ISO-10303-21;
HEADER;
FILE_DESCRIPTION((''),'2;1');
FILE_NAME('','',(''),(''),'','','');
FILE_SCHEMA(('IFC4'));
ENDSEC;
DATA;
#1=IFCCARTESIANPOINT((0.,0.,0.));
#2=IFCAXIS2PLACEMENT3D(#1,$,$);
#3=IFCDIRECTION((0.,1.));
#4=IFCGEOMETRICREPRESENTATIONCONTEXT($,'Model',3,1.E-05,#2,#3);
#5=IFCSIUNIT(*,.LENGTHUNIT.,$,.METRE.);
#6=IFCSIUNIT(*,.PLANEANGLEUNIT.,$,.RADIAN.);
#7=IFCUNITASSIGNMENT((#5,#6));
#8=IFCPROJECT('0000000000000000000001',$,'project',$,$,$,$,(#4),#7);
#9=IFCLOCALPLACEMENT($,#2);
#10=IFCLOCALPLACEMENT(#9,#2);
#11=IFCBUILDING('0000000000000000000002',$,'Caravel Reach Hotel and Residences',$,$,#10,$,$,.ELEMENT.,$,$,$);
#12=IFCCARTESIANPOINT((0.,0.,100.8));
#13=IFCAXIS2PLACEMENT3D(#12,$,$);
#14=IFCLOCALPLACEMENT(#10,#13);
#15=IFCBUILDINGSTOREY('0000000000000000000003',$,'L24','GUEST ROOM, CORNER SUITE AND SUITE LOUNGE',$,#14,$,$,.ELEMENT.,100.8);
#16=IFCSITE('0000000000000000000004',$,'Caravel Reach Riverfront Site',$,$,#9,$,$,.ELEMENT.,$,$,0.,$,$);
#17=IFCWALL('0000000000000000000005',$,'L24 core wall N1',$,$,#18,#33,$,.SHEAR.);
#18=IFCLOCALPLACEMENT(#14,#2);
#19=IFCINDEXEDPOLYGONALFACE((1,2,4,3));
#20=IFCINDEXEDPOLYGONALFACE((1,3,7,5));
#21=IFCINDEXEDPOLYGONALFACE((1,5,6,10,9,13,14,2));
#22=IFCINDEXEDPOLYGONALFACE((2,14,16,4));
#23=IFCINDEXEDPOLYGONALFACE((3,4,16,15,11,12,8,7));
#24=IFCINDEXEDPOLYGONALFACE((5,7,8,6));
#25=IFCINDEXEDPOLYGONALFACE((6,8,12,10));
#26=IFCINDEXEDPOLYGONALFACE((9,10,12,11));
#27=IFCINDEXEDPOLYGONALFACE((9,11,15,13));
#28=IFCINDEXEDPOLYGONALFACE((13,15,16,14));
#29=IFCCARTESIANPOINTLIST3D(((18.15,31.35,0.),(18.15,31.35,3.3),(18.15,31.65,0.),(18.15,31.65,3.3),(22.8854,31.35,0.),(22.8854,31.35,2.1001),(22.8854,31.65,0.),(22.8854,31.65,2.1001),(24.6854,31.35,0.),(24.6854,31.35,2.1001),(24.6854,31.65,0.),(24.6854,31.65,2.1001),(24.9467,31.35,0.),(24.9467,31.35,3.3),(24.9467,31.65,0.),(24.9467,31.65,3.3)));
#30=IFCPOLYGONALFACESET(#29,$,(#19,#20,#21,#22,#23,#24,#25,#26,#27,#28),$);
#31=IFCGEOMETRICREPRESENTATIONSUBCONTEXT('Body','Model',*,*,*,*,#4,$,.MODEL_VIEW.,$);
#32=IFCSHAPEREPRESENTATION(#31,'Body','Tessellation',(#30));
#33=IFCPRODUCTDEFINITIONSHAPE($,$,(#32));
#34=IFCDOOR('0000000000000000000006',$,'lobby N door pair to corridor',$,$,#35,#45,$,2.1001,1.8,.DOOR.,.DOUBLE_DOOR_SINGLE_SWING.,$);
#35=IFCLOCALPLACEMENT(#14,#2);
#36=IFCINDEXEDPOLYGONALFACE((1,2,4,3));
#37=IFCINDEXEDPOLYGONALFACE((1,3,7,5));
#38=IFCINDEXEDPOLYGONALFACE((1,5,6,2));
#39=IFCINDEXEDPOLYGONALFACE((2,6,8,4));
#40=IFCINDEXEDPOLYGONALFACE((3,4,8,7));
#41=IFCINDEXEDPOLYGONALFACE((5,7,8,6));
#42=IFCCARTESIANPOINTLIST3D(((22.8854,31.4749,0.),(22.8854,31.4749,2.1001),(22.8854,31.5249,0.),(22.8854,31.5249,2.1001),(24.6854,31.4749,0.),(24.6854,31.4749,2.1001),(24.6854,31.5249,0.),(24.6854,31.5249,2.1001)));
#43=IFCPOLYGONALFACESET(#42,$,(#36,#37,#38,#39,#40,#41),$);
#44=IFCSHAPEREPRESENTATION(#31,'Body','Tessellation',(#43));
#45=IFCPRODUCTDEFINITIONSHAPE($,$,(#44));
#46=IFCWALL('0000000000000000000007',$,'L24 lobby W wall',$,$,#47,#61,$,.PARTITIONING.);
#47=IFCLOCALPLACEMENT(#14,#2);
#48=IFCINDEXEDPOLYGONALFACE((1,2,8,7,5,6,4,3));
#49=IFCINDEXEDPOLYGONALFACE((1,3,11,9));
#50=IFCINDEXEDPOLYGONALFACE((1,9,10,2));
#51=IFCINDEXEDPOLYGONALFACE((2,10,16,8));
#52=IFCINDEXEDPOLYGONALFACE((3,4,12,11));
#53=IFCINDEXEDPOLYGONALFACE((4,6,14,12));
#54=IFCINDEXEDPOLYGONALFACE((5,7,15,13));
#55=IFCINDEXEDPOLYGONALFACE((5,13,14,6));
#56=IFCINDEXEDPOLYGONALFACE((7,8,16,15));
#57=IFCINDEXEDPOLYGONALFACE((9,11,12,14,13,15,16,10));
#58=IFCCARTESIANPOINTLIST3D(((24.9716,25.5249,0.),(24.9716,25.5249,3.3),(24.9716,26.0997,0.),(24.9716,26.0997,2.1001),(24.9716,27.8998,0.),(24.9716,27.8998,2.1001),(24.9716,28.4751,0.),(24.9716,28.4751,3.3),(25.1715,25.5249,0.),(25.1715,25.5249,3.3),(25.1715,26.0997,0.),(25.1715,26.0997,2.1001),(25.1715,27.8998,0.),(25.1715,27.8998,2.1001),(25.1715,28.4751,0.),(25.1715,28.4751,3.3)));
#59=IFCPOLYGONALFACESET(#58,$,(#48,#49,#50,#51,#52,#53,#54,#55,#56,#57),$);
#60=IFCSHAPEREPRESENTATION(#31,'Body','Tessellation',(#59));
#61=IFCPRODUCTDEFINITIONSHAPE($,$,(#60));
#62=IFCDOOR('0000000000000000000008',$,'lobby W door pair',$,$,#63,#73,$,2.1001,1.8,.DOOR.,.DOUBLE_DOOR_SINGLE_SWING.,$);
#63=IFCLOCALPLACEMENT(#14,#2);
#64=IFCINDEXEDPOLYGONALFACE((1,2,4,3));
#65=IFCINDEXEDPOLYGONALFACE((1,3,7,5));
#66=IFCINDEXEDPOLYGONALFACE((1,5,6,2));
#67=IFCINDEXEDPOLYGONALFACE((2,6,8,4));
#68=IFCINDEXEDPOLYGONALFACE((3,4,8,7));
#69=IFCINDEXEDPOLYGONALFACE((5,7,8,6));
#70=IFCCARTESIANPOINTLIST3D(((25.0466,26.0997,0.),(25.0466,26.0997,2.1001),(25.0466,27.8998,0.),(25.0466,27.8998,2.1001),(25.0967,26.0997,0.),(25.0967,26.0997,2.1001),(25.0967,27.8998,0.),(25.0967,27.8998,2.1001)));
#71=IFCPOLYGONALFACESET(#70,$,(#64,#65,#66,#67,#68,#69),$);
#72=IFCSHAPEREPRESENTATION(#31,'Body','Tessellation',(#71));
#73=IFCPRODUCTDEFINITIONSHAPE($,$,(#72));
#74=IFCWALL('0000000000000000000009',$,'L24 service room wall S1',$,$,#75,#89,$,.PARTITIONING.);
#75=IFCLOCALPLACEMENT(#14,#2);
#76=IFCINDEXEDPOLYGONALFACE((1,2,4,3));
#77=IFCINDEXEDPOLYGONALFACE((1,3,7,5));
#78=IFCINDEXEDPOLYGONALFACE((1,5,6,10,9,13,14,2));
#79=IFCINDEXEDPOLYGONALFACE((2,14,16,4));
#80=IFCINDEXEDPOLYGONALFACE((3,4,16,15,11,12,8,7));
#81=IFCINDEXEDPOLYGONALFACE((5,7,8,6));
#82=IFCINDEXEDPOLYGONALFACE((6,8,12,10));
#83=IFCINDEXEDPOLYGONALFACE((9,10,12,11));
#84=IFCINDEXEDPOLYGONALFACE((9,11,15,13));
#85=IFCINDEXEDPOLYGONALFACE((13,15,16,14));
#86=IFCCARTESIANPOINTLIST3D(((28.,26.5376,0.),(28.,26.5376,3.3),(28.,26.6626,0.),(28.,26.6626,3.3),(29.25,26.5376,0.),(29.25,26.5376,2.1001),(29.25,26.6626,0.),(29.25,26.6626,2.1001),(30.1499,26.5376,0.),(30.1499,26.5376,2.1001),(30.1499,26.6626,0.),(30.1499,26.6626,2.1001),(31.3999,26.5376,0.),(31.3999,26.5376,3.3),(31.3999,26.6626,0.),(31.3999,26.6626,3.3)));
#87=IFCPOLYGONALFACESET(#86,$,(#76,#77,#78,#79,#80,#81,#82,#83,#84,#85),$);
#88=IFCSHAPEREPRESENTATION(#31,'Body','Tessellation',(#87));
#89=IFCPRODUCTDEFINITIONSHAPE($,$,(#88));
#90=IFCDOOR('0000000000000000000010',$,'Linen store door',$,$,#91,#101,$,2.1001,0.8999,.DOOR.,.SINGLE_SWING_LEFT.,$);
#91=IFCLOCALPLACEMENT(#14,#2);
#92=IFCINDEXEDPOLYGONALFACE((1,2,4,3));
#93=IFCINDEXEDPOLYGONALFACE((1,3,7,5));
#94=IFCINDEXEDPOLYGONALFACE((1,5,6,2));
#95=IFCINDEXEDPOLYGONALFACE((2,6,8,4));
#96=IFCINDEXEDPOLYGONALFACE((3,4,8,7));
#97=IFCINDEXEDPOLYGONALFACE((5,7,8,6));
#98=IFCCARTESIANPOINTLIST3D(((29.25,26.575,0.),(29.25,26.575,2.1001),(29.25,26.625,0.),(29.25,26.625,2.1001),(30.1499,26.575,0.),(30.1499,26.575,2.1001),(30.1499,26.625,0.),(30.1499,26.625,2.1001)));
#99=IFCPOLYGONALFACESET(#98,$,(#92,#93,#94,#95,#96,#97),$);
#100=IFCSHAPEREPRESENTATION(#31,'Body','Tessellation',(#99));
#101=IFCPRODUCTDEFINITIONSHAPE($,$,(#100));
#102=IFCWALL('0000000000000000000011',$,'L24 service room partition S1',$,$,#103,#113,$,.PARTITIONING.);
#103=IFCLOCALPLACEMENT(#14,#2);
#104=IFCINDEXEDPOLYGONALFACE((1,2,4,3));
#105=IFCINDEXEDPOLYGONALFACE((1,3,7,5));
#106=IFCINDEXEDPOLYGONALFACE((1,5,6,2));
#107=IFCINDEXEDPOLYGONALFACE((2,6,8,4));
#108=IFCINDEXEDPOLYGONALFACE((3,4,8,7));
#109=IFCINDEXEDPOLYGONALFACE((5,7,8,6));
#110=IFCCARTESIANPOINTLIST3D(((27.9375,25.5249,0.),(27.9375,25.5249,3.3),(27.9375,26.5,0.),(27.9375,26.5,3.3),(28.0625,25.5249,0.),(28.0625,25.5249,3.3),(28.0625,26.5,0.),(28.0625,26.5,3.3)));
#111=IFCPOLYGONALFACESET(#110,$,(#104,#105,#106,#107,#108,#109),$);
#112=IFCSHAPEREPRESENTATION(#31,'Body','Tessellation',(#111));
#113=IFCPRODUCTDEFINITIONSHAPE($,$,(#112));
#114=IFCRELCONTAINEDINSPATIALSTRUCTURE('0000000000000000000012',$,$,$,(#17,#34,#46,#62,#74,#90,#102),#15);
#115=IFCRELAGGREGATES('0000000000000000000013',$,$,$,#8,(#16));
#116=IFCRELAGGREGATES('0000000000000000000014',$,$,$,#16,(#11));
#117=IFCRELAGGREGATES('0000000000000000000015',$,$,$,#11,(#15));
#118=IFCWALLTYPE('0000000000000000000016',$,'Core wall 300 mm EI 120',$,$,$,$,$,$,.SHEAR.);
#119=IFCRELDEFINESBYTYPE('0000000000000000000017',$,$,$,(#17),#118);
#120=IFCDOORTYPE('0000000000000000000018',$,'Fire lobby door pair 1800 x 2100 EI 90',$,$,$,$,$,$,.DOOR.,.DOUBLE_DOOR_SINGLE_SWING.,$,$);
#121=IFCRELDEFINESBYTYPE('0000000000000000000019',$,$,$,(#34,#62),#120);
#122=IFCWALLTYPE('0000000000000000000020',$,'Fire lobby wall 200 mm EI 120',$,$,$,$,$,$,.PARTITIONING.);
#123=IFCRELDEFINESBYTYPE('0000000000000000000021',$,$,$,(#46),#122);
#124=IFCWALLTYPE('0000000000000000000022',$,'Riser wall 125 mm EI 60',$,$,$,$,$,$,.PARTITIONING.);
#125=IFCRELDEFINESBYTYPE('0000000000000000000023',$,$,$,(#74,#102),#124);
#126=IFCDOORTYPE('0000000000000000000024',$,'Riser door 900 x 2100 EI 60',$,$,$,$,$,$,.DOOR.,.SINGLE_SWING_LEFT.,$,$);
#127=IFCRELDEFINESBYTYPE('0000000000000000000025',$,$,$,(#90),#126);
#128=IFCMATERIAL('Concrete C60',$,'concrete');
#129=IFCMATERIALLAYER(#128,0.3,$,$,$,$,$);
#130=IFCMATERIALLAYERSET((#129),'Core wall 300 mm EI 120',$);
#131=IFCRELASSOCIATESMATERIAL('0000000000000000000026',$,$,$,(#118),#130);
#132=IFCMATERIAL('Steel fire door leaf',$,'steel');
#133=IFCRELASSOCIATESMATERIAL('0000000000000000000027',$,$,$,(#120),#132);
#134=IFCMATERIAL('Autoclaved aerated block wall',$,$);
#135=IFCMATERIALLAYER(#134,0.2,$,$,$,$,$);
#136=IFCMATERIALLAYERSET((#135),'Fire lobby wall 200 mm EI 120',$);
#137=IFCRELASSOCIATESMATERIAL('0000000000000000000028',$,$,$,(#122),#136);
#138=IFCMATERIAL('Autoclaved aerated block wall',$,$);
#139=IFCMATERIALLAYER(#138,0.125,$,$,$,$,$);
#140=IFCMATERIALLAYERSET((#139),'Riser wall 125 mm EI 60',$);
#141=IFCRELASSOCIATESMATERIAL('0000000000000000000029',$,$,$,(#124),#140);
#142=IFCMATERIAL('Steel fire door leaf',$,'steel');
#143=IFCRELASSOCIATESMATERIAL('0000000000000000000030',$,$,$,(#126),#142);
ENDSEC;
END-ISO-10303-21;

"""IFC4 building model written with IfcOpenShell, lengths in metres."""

from ifc_helpers import new_model, si_unit, direction, frame, frame_2d, origin, place, context, subcontext, project, spatial, rectangle, extrude, material, layer, layer_set, type_object, element, fill, save


model = new_model("IFC4")

# Units and contexts
model_context = context("Model", 3, precision=1e-05, world=origin(), true_north=direction((0.0, 1.0)))
body_context = subcontext(model_context, "Body", "Model", "MODEL_VIEW")
ifc_project = project(units=[si_unit("LENGTHUNIT", "METRE"), si_unit("PLANEANGLEUNIT", "RADIAN")], contexts=[model_context])

# Site, building, storey
site_placement = place(None, origin())
site = spatial("IfcSite", under=ifc_project, at=site_placement, Name="Caravel Reach Riverfront Site", CompositionType="ELEMENT", RefElevation=0.0)
building_placement = place(site_placement, origin())
building = spatial("IfcBuilding", under=site, at=building_placement, Name="Caravel Reach Hotel and Residences", CompositionType="ELEMENT")
storey_placement = place(building_placement, frame((0.0, 0.0, 100.8)))
storey = spatial("IfcBuildingStorey", under=building, at=storey_placement, Name="L24", Description="GUEST ROOM, CORNER SUITE AND SUITE LOUNGE", CompositionType="ELEMENT", Elevation=100.8)

# Walls, openings, doors
ifc_material_1 = material(Name="Concrete C60", Category="concrete")
ifc_layer_1 = layer(ifc_material_1, 0.3)
ifc_layer_set_1 = layer_set([ifc_layer_1], Name="Core wall 300 mm EI 120")
wall_type_1 = type_object("IfcWallType", Name="Core wall 300 mm EI 120", PredefinedType="SHEAR", material=ifc_layer_set_1)
wall_1_placement = place(storey_placement, frame((18.1499, 31.5, 0.0), z_axis=(0.0, 0.0, 1.0), x_axis=(1.0, 0.0, 0.0)))
wall_1 = element("IfcWall", 1, at=wall_1_placement, inside=storey, type_object=wall_type_1, Name="L24 core wall N1", PredefinedType="SHEAR", context=body_context, shape_type="SweptSolid", body=[
    extrude(rectangle(XDim=6.7966, YDim=0.3, at=frame_2d((3.3984, 0.0))), origin(), (0.0, 0.0, 1.0), 3.3),
])
opening_1_placement = place(wall_1_placement, frame((4.7356, 0.0, 0.0)))
opening_1 = element("IfcOpeningElement", 2, at=opening_1_placement, cuts=wall_1, PredefinedType="OPENING", context=body_context, shape_type="SweptSolid", body=[
    extrude(rectangle(XDim=1.8, YDim=2.1001, at=frame_2d((0.8999, 1.05))), frame((0.0, 0.1599, 0.0), z_axis=(0.0, -1.0, 0.0), x_axis=(1.0, 0.0, 0.0)), (0.0, 0.0, 1.0), 0.3201),
])
ifc_material_2 = material(Name="Steel fire door leaf", Category="steel")
door_type_1 = type_object("IfcDoorType", Name="Fire lobby door pair 1800 x 2100 EI 90", OperationType="DOUBLE_DOOR_SINGLE_SWING", PredefinedType="DOOR", material=ifc_material_2)
door_1_placement = place(opening_1_placement, origin())
door_1 = element("IfcDoor", 3, at=door_1_placement, inside=storey, type_object=door_type_1, Name="lobby N door pair to corridor", OperationType="DOUBLE_DOOR_SINGLE_SWING", OverallHeight=2.1001, OverallWidth=1.8, PredefinedType="DOOR", context=body_context, shape_type="SweptSolid", body=[
    extrude(rectangle(XDim=1.8, YDim=2.1001, at=frame_2d((0.8999, 1.05))), frame((0.0, 0.0249, 0.0), z_axis=(0.0, -1.0, 0.0), x_axis=(1.0, 0.0, 0.0)), (0.0, 0.0, 1.0), 0.05),
])
fill(opening_1, door_1)
ifc_material_3 = material(Name="Autoclaved aerated block wall")
ifc_layer_2 = layer(ifc_material_3, 0.2)
ifc_layer_set_2 = layer_set([ifc_layer_2], Name="Fire lobby wall 200 mm EI 120")
wall_type_2 = type_object("IfcWallType", Name="Fire lobby wall 200 mm EI 120", PredefinedType="PARTITIONING", material=ifc_layer_set_2)
wall_2_placement = place(storey_placement, frame((25.0715, 25.5249, 0.0), z_axis=(0.0, 0.0, 1.0), x_axis=(0.0, 1.0, 0.0)))
wall_2 = element("IfcWall", 4, at=wall_2_placement, inside=storey, type_object=wall_type_2, Name="L24 lobby W wall", PredefinedType="PARTITIONING", context=body_context, shape_type="SweptSolid", body=[
    extrude(rectangle(XDim=2.9502, YDim=0.2, at=frame_2d((1.4751, 0.0))), origin(), (0.0, 0.0, 1.0), 3.3),
])
opening_2_placement = place(wall_2_placement, frame((0.575, 0.0, 0.0)))
opening_2 = element("IfcOpeningElement", 5, at=opening_2_placement, cuts=wall_2, PredefinedType="OPENING", context=body_context, shape_type="SweptSolid", body=[
    extrude(rectangle(XDim=1.8, YDim=2.1001, at=frame_2d((0.8999, 1.05))), frame((0.0, 0.1099, 0.0), z_axis=(0.0, -1.0, 0.0), x_axis=(1.0, 0.0, 0.0)), (0.0, 0.0, 1.0), 0.22),
])
door_2_placement = place(opening_2_placement, origin())
door_2 = element("IfcDoor", 6, at=door_2_placement, inside=storey, type_object=door_type_1, Name="lobby W door pair", OperationType="DOUBLE_DOOR_SINGLE_SWING", OverallHeight=2.1001, OverallWidth=1.8, PredefinedType="DOOR", context=body_context, shape_type="SweptSolid", body=[
    extrude(rectangle(XDim=1.8, YDim=2.1001, at=frame_2d((0.8999, 1.05))), frame((0.0, 0.0249, 0.0), z_axis=(0.0, -1.0, 0.0), x_axis=(1.0, 0.0, 0.0)), (0.0, 0.0, 1.0), 0.05),
])
fill(opening_2, door_2)
ifc_material_4 = material(Name="Autoclaved aerated block wall")
ifc_layer_3 = layer(ifc_material_4, 0.125)
ifc_layer_set_3 = layer_set([ifc_layer_3], Name="Riser wall 125 mm EI 60")
wall_type_3 = type_object("IfcWallType", Name="Riser wall 125 mm EI 60", PredefinedType="PARTITIONING", material=ifc_layer_set_3)
wall_3_placement = place(storey_placement, frame((28.0, 26.6001, 0.0), z_axis=(0.0, 0.0, 1.0), x_axis=(1.0, 0.0, 0.0)))
wall_3 = element("IfcWall", 7, at=wall_3_placement, inside=storey, type_object=wall_type_3, Name="L24 service room wall S1", PredefinedType="PARTITIONING", context=body_context, shape_type="SweptSolid", body=[
    extrude(rectangle(XDim=3.3999, YDim=0.125, at=frame_2d((1.7, 0.0))), origin(), (0.0, 0.0, 1.0), 3.3),
])
opening_3_placement = place(wall_3_placement, frame((1.25, 0.0, 0.0)))
opening_3 = element("IfcOpeningElement", 8, at=opening_3_placement, cuts=wall_3, PredefinedType="OPENING", context=body_context, shape_type="SweptSolid", body=[
    extrude(rectangle(XDim=0.8999, YDim=2.1001, at=frame_2d((0.45, 1.05))), frame((0.0, 0.0725, 0.0), z_axis=(0.0, -1.0, 0.0), x_axis=(1.0, 0.0, 0.0)), (0.0, 0.0, 1.0), 0.145),
])
ifc_material_5 = material(Name="Steel fire door leaf", Category="steel")
door_type_2 = type_object("IfcDoorType", Name="Riser door 900 x 2100 EI 60", OperationType="SINGLE_SWING_LEFT", PredefinedType="DOOR", material=ifc_material_5)
door_3_placement = place(opening_3_placement, origin())
door_3 = element("IfcDoor", 9, at=door_3_placement, inside=storey, type_object=door_type_2, Name="Linen store door", OperationType="SINGLE_SWING_LEFT", OverallHeight=2.1001, OverallWidth=0.8999, PredefinedType="DOOR", context=body_context, shape_type="SweptSolid", body=[
    extrude(rectangle(XDim=0.8999, YDim=2.1001, at=frame_2d((0.45, 1.05))), frame((0.0, 0.0249, 0.0), z_axis=(0.0, -1.0, 0.0), x_axis=(1.0, 0.0, 0.0)), (0.0, 0.0, 1.0), 0.05),
])
fill(opening_3, door_3)

# Wall
wall_4_placement = place(storey_placement, frame((28.0, 25.5249, 0.0), z_axis=(0.0, 0.0, 1.0), x_axis=(0.0, 1.0, 0.0)))
element("IfcWall", 10, at=wall_4_placement, inside=storey, type_object=wall_type_3, Name="L24 service room partition S1", PredefinedType="PARTITIONING", context=body_context, shape_type="SweptSolid", body=[
    extrude(rectangle(XDim=0.9751, YDim=0.125, at=frame_2d((0.4875, 0.0))), origin(), (0.0, 0.0, 1.0), 3.3),
])

save(model, "model.ifc")
